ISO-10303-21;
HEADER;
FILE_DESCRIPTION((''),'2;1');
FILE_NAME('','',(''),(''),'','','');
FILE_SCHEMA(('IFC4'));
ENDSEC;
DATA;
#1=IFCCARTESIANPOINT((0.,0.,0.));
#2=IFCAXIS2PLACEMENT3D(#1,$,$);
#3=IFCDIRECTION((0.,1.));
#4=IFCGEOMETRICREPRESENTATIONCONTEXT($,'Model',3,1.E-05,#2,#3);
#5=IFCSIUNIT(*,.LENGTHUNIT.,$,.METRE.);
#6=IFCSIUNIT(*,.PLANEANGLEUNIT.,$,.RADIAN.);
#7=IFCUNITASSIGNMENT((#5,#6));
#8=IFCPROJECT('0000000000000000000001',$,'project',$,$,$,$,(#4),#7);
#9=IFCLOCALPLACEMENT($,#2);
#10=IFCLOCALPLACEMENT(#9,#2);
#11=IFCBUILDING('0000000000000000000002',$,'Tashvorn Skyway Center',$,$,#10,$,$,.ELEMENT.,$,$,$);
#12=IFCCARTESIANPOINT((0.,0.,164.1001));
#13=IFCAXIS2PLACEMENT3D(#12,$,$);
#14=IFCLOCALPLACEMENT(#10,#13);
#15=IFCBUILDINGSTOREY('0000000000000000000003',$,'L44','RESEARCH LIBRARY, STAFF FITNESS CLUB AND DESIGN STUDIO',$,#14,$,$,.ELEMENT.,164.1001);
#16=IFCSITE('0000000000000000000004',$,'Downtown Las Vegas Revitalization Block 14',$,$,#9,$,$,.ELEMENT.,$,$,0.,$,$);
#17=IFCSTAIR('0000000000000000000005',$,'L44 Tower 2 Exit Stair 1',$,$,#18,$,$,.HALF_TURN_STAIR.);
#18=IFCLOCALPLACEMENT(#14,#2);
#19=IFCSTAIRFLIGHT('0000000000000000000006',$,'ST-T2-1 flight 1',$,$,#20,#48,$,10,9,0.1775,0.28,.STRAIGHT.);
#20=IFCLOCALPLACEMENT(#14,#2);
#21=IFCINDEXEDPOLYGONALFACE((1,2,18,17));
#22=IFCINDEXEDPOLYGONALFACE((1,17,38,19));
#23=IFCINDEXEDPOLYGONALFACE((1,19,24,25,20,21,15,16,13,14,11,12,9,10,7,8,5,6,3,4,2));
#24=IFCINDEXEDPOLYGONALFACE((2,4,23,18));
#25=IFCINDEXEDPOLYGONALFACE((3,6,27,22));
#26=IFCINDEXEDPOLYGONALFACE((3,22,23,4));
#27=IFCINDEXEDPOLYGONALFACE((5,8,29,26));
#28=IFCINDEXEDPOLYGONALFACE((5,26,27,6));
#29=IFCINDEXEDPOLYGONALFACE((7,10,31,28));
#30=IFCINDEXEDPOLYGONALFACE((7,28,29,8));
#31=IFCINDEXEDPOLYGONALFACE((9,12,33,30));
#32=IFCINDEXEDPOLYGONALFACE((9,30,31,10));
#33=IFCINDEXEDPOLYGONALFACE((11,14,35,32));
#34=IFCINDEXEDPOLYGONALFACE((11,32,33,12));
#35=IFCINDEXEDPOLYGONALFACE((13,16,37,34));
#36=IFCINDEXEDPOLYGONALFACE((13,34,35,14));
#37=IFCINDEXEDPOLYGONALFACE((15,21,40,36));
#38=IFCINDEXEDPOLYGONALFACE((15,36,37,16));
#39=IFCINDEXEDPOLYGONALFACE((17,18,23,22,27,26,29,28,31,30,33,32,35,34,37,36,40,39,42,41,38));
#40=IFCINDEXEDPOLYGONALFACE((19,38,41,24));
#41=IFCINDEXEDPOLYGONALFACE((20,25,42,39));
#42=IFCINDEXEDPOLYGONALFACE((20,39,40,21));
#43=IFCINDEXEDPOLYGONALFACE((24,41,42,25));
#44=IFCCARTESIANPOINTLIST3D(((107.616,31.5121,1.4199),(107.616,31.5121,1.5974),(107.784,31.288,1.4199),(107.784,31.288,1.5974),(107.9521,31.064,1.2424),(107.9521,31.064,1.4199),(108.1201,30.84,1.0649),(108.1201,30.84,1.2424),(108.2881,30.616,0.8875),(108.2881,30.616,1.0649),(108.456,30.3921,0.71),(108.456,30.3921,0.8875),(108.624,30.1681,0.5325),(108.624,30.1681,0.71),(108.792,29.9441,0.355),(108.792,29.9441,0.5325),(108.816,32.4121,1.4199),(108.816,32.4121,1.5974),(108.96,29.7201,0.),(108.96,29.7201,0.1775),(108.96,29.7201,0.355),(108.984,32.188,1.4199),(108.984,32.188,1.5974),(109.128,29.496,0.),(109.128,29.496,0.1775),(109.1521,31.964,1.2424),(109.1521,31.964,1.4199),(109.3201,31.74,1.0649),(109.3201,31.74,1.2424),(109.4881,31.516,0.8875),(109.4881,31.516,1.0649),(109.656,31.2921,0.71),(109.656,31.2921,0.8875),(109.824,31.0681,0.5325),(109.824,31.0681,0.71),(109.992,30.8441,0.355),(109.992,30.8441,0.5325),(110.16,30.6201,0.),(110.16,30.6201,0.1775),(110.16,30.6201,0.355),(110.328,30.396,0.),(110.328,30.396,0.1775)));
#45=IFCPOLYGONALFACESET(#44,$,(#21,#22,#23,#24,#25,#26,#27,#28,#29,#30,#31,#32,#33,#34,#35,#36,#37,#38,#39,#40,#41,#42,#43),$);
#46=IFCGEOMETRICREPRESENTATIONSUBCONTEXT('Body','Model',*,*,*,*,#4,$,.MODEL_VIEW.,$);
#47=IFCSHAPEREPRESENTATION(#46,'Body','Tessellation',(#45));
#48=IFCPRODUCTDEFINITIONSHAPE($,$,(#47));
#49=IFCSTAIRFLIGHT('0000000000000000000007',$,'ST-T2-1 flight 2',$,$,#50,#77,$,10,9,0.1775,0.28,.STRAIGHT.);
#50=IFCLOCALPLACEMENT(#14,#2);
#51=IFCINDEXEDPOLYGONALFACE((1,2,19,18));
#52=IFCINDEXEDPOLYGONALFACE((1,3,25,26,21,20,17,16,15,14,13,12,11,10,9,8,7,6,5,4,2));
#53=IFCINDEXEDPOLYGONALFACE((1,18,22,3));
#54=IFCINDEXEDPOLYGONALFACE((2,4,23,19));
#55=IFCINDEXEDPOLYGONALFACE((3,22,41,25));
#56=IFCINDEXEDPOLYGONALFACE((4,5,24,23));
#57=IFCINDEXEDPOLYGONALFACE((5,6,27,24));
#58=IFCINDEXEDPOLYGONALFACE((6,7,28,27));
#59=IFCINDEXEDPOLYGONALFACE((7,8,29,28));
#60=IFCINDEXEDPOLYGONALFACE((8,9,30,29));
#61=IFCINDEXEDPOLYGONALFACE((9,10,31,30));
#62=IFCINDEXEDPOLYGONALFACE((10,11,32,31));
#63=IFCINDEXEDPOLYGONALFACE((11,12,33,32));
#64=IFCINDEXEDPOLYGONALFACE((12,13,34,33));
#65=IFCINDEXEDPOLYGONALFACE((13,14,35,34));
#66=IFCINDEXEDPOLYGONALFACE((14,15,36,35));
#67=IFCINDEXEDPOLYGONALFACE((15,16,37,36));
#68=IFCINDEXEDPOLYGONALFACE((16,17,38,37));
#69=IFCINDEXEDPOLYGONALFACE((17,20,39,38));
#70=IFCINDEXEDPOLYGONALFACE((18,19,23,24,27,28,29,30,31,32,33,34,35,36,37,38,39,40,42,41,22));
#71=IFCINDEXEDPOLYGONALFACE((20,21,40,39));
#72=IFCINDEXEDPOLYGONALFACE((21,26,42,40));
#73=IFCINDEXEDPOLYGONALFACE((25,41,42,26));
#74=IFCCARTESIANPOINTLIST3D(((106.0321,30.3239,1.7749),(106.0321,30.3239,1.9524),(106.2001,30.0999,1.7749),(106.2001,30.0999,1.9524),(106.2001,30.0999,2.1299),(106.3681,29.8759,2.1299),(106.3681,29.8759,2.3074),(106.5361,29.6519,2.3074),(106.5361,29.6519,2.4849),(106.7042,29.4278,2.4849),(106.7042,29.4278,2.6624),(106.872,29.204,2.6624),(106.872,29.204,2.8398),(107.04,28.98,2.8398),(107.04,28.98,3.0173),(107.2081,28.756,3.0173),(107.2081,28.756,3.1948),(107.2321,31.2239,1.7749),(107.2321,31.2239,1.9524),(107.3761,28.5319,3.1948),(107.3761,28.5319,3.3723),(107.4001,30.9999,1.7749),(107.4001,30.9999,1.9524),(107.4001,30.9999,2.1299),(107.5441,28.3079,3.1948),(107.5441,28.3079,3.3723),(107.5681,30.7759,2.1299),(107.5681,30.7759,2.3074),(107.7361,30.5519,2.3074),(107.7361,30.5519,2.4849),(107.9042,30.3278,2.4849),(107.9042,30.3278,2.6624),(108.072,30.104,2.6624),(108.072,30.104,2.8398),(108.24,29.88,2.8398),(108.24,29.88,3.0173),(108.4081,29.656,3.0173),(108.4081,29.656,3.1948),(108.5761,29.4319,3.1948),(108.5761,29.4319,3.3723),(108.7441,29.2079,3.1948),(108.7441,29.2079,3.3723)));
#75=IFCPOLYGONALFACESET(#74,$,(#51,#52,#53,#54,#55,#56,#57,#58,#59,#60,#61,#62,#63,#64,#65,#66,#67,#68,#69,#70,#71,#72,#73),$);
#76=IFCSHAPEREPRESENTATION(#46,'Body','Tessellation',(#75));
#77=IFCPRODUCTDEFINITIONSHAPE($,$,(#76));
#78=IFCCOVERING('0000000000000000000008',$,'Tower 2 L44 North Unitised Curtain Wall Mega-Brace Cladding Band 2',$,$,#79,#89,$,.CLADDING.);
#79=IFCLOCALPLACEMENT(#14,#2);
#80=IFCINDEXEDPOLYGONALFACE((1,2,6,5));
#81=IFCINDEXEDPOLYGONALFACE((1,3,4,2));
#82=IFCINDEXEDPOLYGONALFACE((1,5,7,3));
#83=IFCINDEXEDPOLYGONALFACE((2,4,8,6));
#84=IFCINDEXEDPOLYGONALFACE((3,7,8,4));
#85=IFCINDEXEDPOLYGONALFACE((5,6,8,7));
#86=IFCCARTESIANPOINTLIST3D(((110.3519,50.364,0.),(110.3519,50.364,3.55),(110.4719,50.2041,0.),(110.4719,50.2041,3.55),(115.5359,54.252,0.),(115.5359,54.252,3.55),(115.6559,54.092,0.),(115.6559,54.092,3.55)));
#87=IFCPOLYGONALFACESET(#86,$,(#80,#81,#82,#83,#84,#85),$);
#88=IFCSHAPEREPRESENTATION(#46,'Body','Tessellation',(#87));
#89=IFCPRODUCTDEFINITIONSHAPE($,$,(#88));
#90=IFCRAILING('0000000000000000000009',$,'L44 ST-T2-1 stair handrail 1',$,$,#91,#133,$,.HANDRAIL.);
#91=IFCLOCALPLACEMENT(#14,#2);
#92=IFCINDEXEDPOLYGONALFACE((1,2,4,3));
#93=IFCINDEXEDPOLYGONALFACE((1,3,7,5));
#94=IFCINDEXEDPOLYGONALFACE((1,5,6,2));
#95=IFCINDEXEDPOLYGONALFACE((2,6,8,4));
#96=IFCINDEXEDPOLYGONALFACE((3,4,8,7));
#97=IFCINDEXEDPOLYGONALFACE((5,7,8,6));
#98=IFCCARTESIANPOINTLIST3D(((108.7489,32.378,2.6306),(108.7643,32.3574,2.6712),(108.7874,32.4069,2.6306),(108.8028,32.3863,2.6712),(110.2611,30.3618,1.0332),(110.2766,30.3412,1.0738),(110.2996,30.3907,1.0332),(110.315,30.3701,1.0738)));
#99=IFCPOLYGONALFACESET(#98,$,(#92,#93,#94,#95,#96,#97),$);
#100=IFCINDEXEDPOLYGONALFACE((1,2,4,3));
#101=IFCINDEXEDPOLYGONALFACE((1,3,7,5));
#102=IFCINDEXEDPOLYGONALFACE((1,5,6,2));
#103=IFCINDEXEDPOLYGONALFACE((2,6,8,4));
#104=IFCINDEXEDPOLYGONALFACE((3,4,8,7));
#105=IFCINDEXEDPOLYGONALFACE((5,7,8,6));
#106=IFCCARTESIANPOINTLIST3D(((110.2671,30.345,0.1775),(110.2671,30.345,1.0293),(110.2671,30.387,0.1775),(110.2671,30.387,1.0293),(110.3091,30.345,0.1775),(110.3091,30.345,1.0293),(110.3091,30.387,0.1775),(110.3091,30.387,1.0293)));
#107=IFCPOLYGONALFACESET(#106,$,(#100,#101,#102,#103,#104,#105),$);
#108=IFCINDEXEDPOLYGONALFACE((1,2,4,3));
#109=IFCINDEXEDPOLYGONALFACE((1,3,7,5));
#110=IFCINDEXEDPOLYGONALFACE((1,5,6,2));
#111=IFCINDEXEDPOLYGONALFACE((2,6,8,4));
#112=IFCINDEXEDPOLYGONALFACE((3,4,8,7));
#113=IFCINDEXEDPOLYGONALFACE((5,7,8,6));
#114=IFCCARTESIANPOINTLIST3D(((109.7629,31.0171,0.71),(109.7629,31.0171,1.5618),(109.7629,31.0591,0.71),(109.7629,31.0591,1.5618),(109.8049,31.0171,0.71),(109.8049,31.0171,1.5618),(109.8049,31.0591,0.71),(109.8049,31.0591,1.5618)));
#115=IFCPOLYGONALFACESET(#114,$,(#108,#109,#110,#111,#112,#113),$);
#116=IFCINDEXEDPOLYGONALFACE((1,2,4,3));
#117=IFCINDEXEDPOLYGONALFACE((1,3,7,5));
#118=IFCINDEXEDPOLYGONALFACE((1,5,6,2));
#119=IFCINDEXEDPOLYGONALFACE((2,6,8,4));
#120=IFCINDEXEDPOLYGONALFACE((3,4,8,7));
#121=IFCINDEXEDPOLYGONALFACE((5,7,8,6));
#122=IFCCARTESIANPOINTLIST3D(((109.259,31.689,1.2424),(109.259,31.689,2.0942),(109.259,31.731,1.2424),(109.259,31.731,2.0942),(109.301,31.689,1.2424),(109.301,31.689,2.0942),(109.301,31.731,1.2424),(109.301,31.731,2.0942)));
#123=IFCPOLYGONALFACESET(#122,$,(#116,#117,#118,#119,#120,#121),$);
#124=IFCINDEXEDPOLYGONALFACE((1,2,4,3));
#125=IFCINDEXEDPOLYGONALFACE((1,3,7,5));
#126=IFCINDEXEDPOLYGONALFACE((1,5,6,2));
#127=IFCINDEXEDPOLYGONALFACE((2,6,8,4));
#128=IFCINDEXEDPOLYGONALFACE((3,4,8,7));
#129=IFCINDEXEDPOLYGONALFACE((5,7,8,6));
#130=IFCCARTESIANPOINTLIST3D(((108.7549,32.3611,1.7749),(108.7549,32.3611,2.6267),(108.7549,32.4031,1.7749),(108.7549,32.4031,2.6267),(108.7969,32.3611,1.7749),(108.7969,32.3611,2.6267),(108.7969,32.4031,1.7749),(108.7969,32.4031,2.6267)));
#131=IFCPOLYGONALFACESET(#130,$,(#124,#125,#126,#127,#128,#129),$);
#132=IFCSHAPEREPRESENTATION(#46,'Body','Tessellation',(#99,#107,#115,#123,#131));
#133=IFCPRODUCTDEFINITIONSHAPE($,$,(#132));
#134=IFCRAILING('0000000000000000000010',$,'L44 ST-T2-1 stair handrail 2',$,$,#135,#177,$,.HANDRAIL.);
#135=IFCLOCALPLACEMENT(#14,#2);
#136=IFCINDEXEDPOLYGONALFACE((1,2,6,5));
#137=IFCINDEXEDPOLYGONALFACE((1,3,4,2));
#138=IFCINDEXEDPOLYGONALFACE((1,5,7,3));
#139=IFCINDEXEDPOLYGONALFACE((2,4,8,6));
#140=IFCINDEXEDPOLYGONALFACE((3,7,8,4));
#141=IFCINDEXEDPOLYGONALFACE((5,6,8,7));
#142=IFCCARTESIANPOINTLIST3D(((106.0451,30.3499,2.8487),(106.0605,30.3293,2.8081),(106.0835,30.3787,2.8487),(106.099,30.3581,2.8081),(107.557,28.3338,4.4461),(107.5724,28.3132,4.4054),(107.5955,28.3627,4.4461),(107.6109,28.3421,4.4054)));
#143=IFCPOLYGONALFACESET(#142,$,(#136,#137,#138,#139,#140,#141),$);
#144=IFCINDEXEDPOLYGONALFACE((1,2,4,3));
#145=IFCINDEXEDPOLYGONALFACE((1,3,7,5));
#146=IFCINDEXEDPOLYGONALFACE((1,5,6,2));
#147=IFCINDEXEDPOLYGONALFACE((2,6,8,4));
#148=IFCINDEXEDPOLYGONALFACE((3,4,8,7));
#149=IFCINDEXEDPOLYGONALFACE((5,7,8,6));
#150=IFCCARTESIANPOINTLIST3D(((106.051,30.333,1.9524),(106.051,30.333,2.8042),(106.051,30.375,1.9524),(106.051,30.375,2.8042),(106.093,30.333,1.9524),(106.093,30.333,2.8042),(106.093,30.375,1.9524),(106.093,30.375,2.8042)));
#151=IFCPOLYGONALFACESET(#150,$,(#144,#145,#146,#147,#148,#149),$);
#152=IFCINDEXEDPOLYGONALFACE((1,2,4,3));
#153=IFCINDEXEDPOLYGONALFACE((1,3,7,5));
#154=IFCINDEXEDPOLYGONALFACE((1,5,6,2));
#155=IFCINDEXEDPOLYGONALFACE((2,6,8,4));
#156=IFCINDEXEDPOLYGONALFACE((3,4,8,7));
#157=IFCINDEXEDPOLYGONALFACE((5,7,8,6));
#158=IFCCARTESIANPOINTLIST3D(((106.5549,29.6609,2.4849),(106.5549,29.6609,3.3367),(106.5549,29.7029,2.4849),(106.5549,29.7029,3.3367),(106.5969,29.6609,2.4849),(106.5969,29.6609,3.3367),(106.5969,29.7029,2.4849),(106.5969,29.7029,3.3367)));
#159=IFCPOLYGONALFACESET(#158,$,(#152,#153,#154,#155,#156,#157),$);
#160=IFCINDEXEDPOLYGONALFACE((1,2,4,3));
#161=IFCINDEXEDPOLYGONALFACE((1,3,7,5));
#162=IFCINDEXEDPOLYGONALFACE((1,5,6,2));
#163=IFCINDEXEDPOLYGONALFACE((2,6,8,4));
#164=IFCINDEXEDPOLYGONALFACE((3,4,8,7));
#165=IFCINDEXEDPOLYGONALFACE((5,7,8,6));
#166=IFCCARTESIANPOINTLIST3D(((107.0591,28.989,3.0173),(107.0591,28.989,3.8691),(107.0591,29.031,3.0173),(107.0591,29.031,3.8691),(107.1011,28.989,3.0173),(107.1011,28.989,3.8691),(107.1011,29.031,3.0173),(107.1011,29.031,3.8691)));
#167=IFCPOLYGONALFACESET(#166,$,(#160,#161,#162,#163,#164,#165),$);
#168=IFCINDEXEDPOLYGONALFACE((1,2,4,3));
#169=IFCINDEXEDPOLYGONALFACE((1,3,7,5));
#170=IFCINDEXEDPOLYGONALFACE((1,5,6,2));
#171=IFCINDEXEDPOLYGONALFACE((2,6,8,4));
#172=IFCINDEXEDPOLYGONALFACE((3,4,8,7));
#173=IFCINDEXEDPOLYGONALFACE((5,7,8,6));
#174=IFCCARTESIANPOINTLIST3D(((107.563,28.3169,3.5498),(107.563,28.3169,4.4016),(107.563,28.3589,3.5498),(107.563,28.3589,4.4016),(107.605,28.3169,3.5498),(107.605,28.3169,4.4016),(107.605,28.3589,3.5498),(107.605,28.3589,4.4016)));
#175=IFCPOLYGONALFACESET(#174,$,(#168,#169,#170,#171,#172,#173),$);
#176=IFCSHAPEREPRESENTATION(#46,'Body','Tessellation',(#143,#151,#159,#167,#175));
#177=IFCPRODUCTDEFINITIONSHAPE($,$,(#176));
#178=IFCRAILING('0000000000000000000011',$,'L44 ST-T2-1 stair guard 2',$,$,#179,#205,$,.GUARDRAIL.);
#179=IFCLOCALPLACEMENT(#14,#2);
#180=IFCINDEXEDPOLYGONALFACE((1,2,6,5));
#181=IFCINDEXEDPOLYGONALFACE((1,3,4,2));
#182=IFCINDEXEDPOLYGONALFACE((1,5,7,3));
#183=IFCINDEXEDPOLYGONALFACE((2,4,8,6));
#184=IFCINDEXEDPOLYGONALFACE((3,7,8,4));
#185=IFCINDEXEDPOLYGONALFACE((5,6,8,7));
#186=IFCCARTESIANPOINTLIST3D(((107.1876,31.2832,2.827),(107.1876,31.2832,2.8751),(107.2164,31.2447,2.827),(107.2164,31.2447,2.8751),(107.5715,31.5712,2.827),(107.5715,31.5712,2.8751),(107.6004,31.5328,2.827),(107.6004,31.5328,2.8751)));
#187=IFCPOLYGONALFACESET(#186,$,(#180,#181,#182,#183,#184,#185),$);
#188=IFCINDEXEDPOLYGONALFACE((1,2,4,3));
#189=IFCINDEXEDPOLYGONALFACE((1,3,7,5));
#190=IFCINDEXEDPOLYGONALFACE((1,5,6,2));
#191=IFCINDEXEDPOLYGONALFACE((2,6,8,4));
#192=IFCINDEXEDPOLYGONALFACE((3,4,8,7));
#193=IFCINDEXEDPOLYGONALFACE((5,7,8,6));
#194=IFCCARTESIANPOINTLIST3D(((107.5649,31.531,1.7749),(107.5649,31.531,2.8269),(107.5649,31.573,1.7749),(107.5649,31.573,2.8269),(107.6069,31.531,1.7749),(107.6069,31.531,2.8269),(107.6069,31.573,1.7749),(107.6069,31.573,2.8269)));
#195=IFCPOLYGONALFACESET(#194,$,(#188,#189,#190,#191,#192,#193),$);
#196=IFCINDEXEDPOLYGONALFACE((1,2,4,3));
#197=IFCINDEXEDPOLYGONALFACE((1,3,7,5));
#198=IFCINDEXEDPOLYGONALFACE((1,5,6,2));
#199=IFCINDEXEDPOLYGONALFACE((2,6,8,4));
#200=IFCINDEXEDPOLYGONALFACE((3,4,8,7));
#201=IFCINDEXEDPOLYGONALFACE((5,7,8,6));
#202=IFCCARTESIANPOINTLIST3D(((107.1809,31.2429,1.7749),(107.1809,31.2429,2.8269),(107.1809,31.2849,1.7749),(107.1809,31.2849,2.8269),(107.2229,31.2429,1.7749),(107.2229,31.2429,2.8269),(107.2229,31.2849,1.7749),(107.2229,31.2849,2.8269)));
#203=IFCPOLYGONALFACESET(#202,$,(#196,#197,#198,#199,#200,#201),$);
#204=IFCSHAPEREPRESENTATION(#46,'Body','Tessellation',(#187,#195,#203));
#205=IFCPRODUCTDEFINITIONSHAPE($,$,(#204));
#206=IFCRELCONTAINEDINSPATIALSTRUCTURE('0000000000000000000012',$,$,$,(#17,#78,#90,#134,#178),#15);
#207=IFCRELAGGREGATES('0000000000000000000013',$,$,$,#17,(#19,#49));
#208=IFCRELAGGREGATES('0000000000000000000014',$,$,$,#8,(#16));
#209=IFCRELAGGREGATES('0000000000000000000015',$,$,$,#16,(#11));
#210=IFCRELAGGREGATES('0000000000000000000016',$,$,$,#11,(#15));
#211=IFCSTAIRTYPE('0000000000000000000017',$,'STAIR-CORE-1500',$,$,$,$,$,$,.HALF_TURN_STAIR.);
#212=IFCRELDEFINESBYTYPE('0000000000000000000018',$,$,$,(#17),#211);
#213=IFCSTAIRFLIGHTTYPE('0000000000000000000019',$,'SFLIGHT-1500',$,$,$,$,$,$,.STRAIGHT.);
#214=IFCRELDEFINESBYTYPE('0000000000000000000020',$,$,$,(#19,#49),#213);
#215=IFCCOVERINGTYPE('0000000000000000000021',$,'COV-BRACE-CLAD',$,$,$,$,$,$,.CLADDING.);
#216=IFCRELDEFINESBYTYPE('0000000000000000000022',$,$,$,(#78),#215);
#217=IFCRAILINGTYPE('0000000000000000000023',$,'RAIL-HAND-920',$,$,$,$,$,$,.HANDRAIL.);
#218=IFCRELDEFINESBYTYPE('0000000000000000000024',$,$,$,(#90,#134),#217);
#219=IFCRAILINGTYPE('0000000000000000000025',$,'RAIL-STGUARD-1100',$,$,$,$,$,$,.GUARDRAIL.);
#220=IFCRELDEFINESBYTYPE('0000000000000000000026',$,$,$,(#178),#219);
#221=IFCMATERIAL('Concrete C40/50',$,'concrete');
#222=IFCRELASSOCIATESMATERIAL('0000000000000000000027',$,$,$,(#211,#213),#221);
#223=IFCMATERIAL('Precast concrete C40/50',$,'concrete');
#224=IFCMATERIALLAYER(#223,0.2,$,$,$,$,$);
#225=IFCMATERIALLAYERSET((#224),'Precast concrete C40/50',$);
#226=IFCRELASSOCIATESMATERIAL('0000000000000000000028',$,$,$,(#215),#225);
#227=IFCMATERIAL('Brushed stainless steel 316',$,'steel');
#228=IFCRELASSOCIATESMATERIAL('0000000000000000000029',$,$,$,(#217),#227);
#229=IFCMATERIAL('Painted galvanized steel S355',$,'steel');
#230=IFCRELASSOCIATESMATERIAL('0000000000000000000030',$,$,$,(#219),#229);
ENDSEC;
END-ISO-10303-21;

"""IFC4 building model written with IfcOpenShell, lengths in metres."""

from ifc_helpers import new_model, si_unit, direction, frame, origin, origin_2d, place, context, subcontext, project, spatial, polyline, rectangle, outline, extrude, material, layer, layer_set, type_object, element, aggregate, save


model = new_model("IFC4")

# Units and contexts
model_context = context("Model", 3, precision=1e-05, world=origin(), true_north=direction((0.0, 1.0)))
body_context = subcontext(model_context, "Body", "Model", "MODEL_VIEW")
ifc_project = project(units=[si_unit("LENGTHUNIT", "METRE"), si_unit("PLANEANGLEUNIT", "RADIAN")], contexts=[model_context])

# Site, building, storey
site_placement = place(None, origin())
site = spatial("IfcSite", under=ifc_project, at=site_placement, Name="Downtown Las Vegas Revitalization Block 14", CompositionType="ELEMENT", RefElevation=0.0)
building_placement = place(site_placement, origin())
building = spatial("IfcBuilding", under=site, at=building_placement, Name="Tashvorn Skyway Center", CompositionType="ELEMENT")
storey_placement = place(building_placement, frame((0.0, 0.0, 164.1001)))
storey = spatial("IfcBuildingStorey", under=building, at=storey_placement, Name="L44", Description="RESEARCH LIBRARY, STAFF FITNESS CLUB AND DESIGN STUDIO", CompositionType="ELEMENT", Elevation=164.1001)

# Shared definitions
ifc_material_1 = material(Name="Concrete C40/50", Category="concrete")

# Stair, stair flights
stair_type = type_object("IfcStairType", Name="STAIR-CORE-1500", PredefinedType="HALF_TURN_STAIR", material=ifc_material_1)
stair_placement = place(storey_placement, origin())
stair = element("IfcStair", 1, at=stair_placement, inside=storey, type_object=stair_type, Name="L44 Tower 2 Exit Stair 1", PredefinedType="HALF_TURN_STAIR")
stair_flight_type = type_object("IfcStairFlightType", Name="SFLIGHT-1500", PredefinedType="STRAIGHT", material=ifc_material_1)
stair_flight_1_placement = place(storey_placement, frame((109.728, 29.946, 0.0), z_axis=(0.0, 0.0, 1.0), x_axis=(-0.6, 0.8, 0.0)))
stair_flight_1 = element("IfcStairFlight", 2, at=stair_flight_1_placement, type_object=stair_flight_type, Name="ST-T2-1 flight 1", NumberOfRisers=10, NumberOfTreads=9, PredefinedType="STRAIGHT", RiserHeight=0.1775, TreadLength=0.28, context=body_context, shape_type="SweptSolid", body=[
    extrude(outline(polyline([(0.0, 0.0), (0.0, 0.1775), (0.28, 0.1775), (0.28, 0.355), (0.5601, 0.355), (0.5601, 0.5325), (0.8401, 0.5325), (0.8401, 0.71), (1.1201, 0.71), (1.1201, 0.8875), (1.3999, 0.8875), (1.3999, 1.0649), (1.6799, 1.0649), (1.6799, 1.2424), (1.96, 1.2424), (1.96, 1.4199), (2.24, 1.4199), (2.24, 1.5974), (2.52, 1.5974), (2.52, 1.7749), (2.52, 1.4199), (0.28, 0.0), (0.0, 0.0)])), frame((0.0, 0.75, 0.0), z_axis=(0.0, -1.0, 0.0), x_axis=(1.0, 0.0, 0.0)), (0.0, 0.0, 1.0), 1.5),
])
stair_flight_2_placement = place(storey_placement, frame((106.6321, 30.7739, 1.7749), z_axis=(0.0, 0.0, 1.0), x_axis=(0.6, -0.8, 0.0)))
stair_flight_2 = element("IfcStairFlight", 3, at=stair_flight_2_placement, type_object=stair_flight_type, Name="ST-T2-1 flight 2", NumberOfRisers=10, NumberOfTreads=9, PredefinedType="STRAIGHT", RiserHeight=0.1775, TreadLength=0.28, context=body_context, shape_type="SweptSolid", body=[
    extrude(outline(polyline([(0.0, 0.0), (0.0, 0.1775), (0.28, 0.1775), (0.28, 0.355), (0.5601, 0.355), (0.5601, 0.5325), (0.8401, 0.5325), (0.8401, 0.71), (1.1201, 0.71), (1.1201, 0.8875), (1.3999, 0.8875), (1.3999, 1.0649), (1.6799, 1.0649), (1.6799, 1.2424), (1.96, 1.2424), (1.96, 1.4199), (2.24, 1.4199), (2.24, 1.5974), (2.52, 1.5974), (2.52, 1.7749), (2.52, 1.4199), (0.28, 0.0), (0.0, 0.0)])), frame((0.0, 0.75, 0.0), z_axis=(0.0, -1.0, 0.0), x_axis=(1.0, 0.0, 0.0)), (0.0, 0.0, 1.0), 1.5),
])
aggregate(stair, [stair_flight_1, stair_flight_2])

# Covering
ifc_material_2 = material(Name="Precast concrete C40/50", Category="concrete")
ifc_layer_1 = layer(ifc_material_2, 0.2)
ifc_layer_set_1 = layer_set([ifc_layer_1], Name="Precast concrete C40/50")
covering_type = type_object("IfcCoveringType", Name="COV-BRACE-CLAD", PredefinedType="CLADDING", material=ifc_layer_set_1)
covering_placement = place(storey_placement, frame((113.0039, 52.228, 0.0), z_axis=(0.0, 0.0, 1.0), x_axis=(0.8, 0.6, 0.0)))
element("IfcCovering", 4, at=covering_placement, inside=storey, type_object=covering_type, Name="Tower 2 L44 North Unitised Curtain Wall Mega-Brace Cladding Band 2", PredefinedType="CLADDING", context=body_context, shape_type="SweptSolid", body=[
    extrude(rectangle(XDim=6.48, YDim=0.2, at=origin_2d()), origin(), (0.0, 0.0, 1.0), 3.55),
])

# Railings
ifc_material_3 = material(Name="Brushed stainless steel 316", Category="steel")
railing_type_1 = type_object("IfcRailingType", Name="RAIL-HAND-920", PredefinedType="HANDRAIL", material=ifc_material_3)
railing_1_placement = place(storey_placement, frame((110.2881, 30.366, 0.1775)))
element("IfcRailing", 5, at=railing_1_placement, inside=storey, type_object=railing_type_1, Name="L44 ST-T2-1 stair handrail 1", PredefinedType="HANDRAIL", context=body_context, shape_type="SweptSolid", body=[
    extrude(rectangle(XDim=0.0481, YDim=0.0481, at=origin_2d()), frame((0.0, 0.0, 0.876), z_axis=(-0.506802, 0.675681, 0.535357), x_axis=(-0.799977, -0.600031, 0.0)), (0.0, 0.0, 1.0), 2.9839),
    extrude(rectangle(XDim=0.042, YDim=0.042, at=origin_2d()), origin(), (0.0, 0.0, 1.0), 0.8518),
    extrude(rectangle(XDim=0.042, YDim=0.042, at=origin_2d()), frame((-0.5042, 0.6721, 0.5325)), (0.0, 0.0, 1.0), 0.8518),
    extrude(rectangle(XDim=0.042, YDim=0.042, at=origin_2d()), frame((-1.0081, 1.344, 1.0649)), (0.0, 0.0, 1.0), 0.8518),
    extrude(rectangle(XDim=0.042, YDim=0.042, at=origin_2d()), frame((-1.5122, 2.0161, 1.5974)), (0.0, 0.0, 1.0), 0.8518),
])
railing_2_placement = place(storey_placement, frame((106.072, 30.354, 1.9524)))
element("IfcRailing", 6, at=railing_2_placement, inside=storey, type_object=railing_type_1, Name="L44 ST-T2-1 stair handrail 2", PredefinedType="HANDRAIL", context=body_context, shape_type="SweptSolid", body=[
    extrude(rectangle(XDim=0.0481, YDim=0.0481, at=origin_2d()), frame((0.0, 0.0, 0.876), z_axis=(0.506741, -0.675709, 0.535379), x_axis=(0.800023, 0.599969, 0.0)), (0.0, 0.0, 1.0), 2.9836),
    extrude(rectangle(XDim=0.042, YDim=0.042, at=origin_2d()), origin(), (0.0, 0.0, 1.0), 0.8518),
    extrude(rectangle(XDim=0.042, YDim=0.042, at=origin_2d()), frame((0.5039, -0.6721, 0.5325)), (0.0, 0.0, 1.0), 0.8518),
    extrude(rectangle(XDim=0.042, YDim=0.042, at=origin_2d()), frame((1.0081, -1.344, 1.0649)), (0.0, 0.0, 1.0), 0.8518),
    extrude(rectangle(XDim=0.042, YDim=0.042, at=origin_2d()), frame((1.512, -2.0161, 1.5974)), (0.0, 0.0, 1.0), 0.8518),
])
ifc_material_4 = material(Name="Painted galvanized steel S355", Category="steel")
railing_type_2 = type_object("IfcRailingType", Name="RAIL-STGUARD-1100", PredefinedType="GUARDRAIL", material=ifc_material_4)
railing_3_placement = place(storey_placement, frame((107.5859, 31.552, 1.7749)))
element("IfcRailing", 7, at=railing_3_placement, inside=storey, type_object=railing_type_2, Name="L44 ST-T2-1 stair guard 2", PredefinedType="GUARDRAIL", context=body_context, shape_type="SweptSolid", body=[
    extrude(rectangle(XDim=0.0481, YDim=0.0481, at=origin_2d()), frame((0.0, 0.0, 1.0762), z_axis=(-0.799939, -0.600081, 0.0), x_axis=(0.600081, -0.799939, 0.0)), (0.0, 0.0, 1.0), 0.48),
    extrude(rectangle(XDim=0.042, YDim=0.042, at=origin_2d()), origin(), (0.0, 0.0, 1.0), 1.052),
    extrude(rectangle(XDim=0.042, YDim=0.042, at=origin_2d()), frame((-0.384, -0.2881, 0.0)), (0.0, 0.0, 1.0), 1.052),
])

save(model, "model.ifc")
